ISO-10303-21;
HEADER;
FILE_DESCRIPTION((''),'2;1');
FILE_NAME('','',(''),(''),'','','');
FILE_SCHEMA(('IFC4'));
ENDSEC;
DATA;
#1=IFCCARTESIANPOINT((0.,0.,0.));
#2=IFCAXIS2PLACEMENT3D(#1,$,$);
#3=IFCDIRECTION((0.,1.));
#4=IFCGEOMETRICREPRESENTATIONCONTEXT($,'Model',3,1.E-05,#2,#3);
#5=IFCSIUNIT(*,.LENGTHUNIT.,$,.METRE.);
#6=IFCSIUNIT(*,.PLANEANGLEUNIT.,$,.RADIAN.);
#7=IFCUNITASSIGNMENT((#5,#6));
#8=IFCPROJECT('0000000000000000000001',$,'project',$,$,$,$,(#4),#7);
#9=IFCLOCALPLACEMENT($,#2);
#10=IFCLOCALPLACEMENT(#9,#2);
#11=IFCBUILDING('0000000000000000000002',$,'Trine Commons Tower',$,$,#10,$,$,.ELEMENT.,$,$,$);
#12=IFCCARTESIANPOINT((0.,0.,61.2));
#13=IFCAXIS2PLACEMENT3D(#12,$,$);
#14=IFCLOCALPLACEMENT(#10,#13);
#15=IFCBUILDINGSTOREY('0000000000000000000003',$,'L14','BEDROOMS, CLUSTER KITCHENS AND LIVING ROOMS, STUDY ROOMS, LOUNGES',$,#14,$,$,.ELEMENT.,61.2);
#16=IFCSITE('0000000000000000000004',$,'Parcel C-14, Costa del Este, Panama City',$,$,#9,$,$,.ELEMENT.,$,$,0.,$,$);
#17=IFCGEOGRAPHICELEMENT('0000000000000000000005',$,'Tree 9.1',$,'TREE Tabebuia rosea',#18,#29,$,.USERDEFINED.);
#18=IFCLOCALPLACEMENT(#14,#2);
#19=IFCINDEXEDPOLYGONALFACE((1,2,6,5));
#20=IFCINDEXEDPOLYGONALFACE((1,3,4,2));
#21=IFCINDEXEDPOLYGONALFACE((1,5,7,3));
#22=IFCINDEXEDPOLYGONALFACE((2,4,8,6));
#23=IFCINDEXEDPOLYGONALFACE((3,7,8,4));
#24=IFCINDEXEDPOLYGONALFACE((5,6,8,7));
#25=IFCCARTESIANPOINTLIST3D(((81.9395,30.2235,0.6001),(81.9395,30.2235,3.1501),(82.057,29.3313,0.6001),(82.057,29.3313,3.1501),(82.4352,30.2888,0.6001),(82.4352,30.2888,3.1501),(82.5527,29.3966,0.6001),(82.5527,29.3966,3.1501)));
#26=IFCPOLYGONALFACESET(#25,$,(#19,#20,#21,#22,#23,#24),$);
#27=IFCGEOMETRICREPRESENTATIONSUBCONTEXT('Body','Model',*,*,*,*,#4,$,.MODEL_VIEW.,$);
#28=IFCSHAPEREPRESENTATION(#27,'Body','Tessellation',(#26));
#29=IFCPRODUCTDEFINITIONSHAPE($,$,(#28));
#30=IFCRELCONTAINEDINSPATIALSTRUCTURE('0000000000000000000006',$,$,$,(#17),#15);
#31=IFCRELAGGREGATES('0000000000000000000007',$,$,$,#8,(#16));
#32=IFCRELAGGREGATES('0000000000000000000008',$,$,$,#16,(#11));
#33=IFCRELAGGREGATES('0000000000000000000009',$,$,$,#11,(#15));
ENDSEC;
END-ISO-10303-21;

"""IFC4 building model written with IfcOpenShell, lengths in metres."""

from ifc_helpers import new_model, si_unit, direction, frame, origin, origin_2d, place, context, subcontext, project, spatial, rectangle, extrude, element, save


model = new_model("IFC4")

# Units and contexts
model_context = context("Model", 3, precision=1e-05, world=origin(), true_north=direction((0.0, 1.0)))
body_context = subcontext(model_context, "Body", "Model", "MODEL_VIEW")
ifc_project = project(units=[si_unit("LENGTHUNIT", "METRE"), si_unit("PLANEANGLEUNIT", "RADIAN")], contexts=[model_context])

# Site, building, storey
site_placement = place(None, origin())
site = spatial("IfcSite", under=ifc_project, at=site_placement, Name="Parcel C-14, Costa del Este, Panama City", CompositionType="ELEMENT", RefElevation=0.0)
building_placement = place(site_placement, origin())
building = spatial("IfcBuilding", under=site, at=building_placement, Name="Trine Commons Tower", CompositionType="ELEMENT")
storey_placement = place(building_placement, frame((0.0, 0.0, 61.2)))
storey = spatial("IfcBuildingStorey", under=building, at=storey_placement, Name="L14", Description="BEDROOMS, CLUSTER KITCHENS AND LIVING ROOMS, STUDY ROOMS, LOUNGES", CompositionType="ELEMENT", Elevation=61.2)

# Geographic element
for number, where, z_axis, x_axis, name in (
    (1, (82.2461, 29.8101, 0.6001), (0.0, 0.0, 1.0), (0.130547, -0.991442, 0.0), "Tree 9.1"),
):
    element("IfcGeographicElement", number, at=place(storey_placement, frame(where, z_axis=z_axis, x_axis=x_axis)), inside=storey, Name=name, ObjectType="TREE Tabebuia rosea", PredefinedType="USERDEFINED", context=body_context, shape_type="SweptSolid", body=[
        extrude(rectangle(XDim=0.8999, YDim=0.5, at=origin_2d()), origin(), (0.0, 0.0, 1.0), 2.55),
    ])

save(model, "model.ifc")
